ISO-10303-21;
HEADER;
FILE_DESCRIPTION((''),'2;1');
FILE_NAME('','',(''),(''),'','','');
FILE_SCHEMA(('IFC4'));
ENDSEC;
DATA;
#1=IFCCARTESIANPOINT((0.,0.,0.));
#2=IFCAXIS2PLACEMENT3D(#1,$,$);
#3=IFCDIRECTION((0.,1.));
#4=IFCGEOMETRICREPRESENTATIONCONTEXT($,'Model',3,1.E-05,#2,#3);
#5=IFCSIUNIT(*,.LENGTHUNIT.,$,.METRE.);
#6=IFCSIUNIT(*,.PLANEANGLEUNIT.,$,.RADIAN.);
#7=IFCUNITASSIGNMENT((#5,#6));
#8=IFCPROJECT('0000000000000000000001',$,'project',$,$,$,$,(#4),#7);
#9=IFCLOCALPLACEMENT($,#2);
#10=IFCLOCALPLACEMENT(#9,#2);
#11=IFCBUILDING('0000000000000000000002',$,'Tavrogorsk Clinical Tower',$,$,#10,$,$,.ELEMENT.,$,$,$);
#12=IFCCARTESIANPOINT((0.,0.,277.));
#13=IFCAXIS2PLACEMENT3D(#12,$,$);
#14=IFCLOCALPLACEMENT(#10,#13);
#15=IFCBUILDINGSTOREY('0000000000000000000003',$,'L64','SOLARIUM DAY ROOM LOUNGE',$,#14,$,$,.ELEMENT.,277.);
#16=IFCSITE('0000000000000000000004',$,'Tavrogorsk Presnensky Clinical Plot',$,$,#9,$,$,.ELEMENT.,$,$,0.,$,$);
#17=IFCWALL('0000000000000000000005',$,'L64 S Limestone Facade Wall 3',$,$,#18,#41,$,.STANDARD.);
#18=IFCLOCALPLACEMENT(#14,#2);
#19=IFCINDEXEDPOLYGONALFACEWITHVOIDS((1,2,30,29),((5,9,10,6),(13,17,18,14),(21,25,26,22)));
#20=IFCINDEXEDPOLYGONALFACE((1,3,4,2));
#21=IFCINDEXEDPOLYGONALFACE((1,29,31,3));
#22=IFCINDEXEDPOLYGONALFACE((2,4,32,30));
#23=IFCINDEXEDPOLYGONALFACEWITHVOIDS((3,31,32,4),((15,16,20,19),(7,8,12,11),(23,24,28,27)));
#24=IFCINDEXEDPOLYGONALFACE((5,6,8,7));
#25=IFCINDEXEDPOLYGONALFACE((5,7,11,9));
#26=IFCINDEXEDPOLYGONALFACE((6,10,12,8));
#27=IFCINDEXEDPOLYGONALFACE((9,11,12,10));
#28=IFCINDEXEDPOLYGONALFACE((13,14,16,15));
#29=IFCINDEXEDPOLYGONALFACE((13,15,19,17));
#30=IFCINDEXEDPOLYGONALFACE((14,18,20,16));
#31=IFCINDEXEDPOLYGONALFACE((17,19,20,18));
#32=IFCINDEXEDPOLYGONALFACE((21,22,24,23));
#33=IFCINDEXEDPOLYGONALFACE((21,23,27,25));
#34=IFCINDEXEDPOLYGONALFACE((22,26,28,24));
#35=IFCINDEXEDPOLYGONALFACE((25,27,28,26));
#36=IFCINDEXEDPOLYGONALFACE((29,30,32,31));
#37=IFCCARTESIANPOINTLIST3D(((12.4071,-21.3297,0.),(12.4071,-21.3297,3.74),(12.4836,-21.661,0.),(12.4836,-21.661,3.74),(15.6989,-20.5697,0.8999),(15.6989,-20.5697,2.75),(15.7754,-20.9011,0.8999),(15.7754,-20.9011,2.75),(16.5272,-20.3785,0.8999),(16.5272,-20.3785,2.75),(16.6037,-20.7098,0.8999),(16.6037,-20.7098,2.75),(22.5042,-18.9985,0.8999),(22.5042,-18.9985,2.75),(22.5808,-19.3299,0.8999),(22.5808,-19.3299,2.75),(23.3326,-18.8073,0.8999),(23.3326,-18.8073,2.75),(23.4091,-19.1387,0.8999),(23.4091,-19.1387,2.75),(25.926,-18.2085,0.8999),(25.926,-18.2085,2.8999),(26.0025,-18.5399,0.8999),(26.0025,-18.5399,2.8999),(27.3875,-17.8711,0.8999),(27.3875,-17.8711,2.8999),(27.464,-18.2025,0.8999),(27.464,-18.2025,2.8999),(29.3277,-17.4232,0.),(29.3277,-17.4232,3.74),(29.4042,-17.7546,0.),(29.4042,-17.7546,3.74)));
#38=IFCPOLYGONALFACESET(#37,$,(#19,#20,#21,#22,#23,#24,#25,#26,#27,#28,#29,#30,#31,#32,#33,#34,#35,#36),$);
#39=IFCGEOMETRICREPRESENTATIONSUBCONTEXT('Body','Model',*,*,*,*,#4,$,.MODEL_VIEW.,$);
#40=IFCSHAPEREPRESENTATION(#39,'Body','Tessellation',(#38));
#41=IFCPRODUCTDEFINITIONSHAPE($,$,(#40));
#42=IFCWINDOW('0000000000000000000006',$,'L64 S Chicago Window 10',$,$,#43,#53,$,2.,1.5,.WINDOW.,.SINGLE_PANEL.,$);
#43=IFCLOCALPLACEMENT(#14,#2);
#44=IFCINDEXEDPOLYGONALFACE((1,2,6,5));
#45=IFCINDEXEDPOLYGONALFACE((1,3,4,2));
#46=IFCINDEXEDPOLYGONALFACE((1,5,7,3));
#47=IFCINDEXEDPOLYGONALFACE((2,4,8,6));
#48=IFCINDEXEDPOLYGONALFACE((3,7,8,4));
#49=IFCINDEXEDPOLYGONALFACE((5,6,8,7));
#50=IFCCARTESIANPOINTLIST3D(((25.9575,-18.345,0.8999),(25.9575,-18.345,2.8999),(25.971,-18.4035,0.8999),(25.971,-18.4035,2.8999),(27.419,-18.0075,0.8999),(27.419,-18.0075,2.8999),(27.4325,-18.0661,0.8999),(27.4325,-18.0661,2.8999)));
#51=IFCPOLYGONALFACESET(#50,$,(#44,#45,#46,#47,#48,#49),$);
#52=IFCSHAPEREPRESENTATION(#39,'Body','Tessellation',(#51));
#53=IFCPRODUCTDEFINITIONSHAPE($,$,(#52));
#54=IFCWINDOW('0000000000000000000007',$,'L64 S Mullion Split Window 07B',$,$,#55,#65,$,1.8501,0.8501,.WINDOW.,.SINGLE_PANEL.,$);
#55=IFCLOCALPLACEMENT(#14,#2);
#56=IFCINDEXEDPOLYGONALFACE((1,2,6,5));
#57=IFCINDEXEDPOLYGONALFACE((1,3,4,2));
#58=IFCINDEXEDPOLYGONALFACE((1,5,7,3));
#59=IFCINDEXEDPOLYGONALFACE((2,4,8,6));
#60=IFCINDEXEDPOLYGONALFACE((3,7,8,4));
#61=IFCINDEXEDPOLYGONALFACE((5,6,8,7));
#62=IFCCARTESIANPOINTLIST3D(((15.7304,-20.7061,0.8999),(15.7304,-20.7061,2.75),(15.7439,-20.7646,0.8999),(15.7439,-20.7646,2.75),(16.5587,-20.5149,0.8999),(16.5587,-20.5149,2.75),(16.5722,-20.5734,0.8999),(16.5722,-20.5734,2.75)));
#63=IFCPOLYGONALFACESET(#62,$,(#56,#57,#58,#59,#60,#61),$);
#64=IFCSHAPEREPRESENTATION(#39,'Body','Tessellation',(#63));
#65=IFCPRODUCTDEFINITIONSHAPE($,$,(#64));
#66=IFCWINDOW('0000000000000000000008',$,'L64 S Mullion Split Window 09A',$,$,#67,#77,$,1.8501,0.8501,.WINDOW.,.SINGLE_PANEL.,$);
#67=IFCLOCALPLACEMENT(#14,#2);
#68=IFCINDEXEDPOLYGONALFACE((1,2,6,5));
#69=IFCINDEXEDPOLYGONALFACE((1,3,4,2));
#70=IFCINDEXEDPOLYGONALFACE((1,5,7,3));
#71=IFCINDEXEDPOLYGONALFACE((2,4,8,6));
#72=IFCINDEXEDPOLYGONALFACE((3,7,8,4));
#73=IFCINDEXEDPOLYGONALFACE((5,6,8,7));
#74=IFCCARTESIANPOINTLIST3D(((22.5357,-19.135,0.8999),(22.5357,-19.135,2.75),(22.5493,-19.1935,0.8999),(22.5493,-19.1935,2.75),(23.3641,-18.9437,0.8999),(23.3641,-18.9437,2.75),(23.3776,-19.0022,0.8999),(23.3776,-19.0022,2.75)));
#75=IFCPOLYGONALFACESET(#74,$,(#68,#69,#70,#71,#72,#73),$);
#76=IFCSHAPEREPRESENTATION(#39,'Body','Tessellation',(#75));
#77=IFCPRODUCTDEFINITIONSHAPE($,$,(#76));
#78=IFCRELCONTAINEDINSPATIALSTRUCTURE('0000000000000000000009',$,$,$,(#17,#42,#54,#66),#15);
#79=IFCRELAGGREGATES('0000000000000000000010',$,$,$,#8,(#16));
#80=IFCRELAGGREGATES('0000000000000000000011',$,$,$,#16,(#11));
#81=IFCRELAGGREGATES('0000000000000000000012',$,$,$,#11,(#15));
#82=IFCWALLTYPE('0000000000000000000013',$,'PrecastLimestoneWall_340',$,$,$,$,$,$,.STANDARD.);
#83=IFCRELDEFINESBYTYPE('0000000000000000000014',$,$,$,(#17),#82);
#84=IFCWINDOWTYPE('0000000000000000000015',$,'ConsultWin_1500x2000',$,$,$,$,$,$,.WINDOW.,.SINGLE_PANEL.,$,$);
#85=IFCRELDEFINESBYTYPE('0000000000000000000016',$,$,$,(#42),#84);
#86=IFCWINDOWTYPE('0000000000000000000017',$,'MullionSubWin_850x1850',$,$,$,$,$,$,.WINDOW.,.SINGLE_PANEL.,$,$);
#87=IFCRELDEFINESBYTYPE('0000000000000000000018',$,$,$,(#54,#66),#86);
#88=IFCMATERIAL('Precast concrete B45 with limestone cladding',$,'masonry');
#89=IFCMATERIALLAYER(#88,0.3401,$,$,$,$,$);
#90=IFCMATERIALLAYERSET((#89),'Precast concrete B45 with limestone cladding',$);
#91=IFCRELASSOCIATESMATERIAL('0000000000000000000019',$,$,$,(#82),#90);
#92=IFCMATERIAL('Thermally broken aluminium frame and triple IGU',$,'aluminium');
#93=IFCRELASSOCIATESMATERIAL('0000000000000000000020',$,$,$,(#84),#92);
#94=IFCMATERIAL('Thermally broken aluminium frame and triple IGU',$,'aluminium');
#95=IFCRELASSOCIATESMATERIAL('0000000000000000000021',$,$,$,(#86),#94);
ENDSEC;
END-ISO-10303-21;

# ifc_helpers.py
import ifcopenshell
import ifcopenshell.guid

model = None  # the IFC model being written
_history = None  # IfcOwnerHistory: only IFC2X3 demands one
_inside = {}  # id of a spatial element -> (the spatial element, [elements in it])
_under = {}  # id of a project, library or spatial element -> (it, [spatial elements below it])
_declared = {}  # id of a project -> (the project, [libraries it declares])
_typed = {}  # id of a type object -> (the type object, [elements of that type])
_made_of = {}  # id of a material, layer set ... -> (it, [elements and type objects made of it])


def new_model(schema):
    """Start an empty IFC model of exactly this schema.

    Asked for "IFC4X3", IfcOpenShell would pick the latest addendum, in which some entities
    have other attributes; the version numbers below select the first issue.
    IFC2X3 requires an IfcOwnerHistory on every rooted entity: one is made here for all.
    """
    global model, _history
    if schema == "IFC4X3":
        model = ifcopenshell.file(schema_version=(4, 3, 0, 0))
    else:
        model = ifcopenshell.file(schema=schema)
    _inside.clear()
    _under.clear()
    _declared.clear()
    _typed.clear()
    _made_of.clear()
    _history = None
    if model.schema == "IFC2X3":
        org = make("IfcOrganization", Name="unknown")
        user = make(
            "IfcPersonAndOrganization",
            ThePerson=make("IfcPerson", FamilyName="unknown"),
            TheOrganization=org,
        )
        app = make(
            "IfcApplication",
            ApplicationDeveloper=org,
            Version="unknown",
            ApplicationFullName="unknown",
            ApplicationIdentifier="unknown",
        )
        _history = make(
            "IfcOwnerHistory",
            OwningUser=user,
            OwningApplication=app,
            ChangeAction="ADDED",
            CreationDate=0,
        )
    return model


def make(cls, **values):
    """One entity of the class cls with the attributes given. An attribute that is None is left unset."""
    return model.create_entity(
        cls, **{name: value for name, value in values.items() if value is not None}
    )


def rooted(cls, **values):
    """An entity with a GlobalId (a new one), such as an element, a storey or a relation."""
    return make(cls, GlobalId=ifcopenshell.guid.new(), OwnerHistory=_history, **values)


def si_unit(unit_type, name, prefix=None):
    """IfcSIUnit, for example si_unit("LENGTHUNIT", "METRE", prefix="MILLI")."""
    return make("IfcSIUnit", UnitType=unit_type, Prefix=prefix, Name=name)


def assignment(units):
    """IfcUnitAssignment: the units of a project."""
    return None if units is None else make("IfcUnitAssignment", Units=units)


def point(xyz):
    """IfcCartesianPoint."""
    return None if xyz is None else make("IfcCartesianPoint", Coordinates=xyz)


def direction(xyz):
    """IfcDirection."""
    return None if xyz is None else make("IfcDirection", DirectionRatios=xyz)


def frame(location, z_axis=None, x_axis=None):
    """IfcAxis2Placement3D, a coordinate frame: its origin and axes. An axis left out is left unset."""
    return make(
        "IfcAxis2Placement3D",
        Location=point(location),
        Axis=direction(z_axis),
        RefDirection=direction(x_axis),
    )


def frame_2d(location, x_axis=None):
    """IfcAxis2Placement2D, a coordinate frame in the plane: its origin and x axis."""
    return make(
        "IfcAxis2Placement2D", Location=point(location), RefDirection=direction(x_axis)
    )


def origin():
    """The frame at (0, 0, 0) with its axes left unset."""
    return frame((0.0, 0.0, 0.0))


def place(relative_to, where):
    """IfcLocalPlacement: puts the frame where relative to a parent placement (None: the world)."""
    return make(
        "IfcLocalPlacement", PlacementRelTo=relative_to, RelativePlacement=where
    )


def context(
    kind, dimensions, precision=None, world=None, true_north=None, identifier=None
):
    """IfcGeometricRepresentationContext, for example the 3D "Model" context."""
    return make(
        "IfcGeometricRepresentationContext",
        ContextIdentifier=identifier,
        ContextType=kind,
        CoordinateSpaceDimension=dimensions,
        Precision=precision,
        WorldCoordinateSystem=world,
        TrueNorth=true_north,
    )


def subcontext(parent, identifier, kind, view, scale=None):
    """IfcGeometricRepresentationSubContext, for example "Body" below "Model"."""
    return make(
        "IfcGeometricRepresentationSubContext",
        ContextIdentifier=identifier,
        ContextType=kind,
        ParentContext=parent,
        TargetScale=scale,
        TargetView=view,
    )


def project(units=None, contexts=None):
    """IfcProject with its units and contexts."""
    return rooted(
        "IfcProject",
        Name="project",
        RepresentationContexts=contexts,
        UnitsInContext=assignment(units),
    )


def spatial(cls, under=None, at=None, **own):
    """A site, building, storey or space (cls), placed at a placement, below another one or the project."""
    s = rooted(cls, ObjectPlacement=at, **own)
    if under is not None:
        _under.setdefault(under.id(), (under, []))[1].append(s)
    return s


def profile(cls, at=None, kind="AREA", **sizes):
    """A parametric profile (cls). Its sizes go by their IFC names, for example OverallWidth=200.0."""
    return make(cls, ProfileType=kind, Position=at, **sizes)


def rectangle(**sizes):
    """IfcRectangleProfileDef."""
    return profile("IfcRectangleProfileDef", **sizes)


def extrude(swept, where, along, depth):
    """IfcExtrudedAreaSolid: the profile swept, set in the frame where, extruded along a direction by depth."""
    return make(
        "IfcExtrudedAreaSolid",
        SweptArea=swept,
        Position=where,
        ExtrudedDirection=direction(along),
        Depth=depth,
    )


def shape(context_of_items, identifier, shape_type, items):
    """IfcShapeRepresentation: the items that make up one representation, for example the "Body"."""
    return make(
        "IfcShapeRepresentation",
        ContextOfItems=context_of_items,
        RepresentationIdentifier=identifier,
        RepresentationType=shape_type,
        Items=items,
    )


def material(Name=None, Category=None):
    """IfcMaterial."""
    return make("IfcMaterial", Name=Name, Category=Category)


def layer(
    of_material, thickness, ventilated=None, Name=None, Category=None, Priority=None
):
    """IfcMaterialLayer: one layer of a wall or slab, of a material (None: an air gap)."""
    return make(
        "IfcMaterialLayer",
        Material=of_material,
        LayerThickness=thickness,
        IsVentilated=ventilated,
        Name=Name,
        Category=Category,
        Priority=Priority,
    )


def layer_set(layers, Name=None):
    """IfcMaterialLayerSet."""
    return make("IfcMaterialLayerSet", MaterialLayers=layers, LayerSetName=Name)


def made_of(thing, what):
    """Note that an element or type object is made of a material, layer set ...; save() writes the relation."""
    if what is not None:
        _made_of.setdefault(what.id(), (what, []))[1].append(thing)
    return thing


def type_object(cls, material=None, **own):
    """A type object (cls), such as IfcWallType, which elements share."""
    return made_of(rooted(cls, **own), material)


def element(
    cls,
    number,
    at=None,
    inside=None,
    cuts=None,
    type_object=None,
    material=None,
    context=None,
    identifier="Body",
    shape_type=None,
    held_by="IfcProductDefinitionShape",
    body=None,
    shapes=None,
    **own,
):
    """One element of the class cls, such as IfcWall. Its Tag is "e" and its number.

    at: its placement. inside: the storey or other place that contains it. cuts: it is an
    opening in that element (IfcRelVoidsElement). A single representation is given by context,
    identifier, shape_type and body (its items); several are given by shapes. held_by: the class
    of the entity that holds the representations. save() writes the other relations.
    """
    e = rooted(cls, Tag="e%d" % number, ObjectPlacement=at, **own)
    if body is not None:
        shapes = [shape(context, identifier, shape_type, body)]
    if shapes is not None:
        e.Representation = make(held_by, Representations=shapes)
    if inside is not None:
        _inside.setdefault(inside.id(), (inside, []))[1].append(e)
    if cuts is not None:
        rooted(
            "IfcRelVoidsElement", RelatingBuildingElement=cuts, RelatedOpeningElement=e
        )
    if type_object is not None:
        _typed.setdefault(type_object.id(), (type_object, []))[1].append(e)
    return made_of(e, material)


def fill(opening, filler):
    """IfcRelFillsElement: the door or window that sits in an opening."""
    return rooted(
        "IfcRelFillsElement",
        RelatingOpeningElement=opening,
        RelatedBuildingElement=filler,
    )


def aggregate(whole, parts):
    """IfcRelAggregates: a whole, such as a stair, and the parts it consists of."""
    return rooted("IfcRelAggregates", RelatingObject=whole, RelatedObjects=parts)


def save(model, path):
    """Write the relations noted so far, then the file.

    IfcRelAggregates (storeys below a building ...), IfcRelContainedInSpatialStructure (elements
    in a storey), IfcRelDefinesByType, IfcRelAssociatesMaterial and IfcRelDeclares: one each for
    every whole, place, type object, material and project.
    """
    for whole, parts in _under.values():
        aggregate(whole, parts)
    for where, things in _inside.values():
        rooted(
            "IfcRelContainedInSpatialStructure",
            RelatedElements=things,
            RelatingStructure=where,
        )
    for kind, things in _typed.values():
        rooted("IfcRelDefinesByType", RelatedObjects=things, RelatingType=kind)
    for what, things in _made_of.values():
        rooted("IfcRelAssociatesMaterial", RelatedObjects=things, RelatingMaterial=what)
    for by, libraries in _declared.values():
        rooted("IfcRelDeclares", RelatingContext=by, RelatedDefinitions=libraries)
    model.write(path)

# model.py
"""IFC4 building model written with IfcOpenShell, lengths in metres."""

from ifc_helpers import new_model, si_unit, direction, frame, frame_2d, origin, place, context, subcontext, project, spatial, rectangle, extrude, material, layer, layer_set, type_object, element, fill, save


model = new_model("IFC4")

# Units and contexts
model_context = context("Model", 3, precision=1e-05, world=origin(), true_north=direction((0.0, 1.0)))
body_context = subcontext(model_context, "Body", "Model", "MODEL_VIEW")
ifc_project = project(units=[si_unit("LENGTHUNIT", "METRE"), si_unit("PLANEANGLEUNIT", "RADIAN")], contexts=[model_context])

# Site, building, storey
site_placement = place(None, origin())
site = spatial("IfcSite", under=ifc_project, at=site_placement, Name="Tavrogorsk Presnensky Clinical Plot", CompositionType="ELEMENT", RefElevation=0.0)
building_placement = place(site_placement, origin())
building = spatial("IfcBuilding", under=site, at=building_placement, Name="Tavrogorsk Clinical Tower", CompositionType="ELEMENT")
storey_placement = place(building_placement, frame((0.0, 0.0, 277.0)))
storey = spatial("IfcBuildingStorey", under=building, at=storey_placement, Name="L64", Description="SOLARIUM DAY ROOM LOUNGE", CompositionType="ELEMENT", Elevation=277.0)

# Wall, openings, windows
ifc_material_1 = material(Name="Precast concrete B45 with limestone cladding", Category="masonry")
ifc_layer_1 = layer(ifc_material_1, 0.3401)
ifc_layer_set_1 = layer_set([ifc_layer_1], Name="Precast concrete B45 with limestone cladding")
wall_type_1 = type_object("IfcWallType", Name="PrecastLimestoneWall_340", PredefinedType="STANDARD", material=ifc_layer_set_1)
wall_1_placement = place(storey_placement, frame((12.4453, -21.4954, 0.0), z_axis=(0.0, 0.0, 1.0), x_axis=(0.974369, 0.224954, 0.0)))
wall_1 = element("IfcWall", 1, at=wall_1_placement, inside=storey, type_object=wall_type_1, Name="L64 S Limestone Facade Wall 3", PredefinedType="STANDARD", context=body_context, shape_type="SweptSolid", body=[
    extrude(rectangle(XDim=17.3657, YDim=0.3401, at=frame_2d((8.6829, 0.0))), origin(), (0.0, 0.0, 1.0), 3.74),
])
opening_1_placement = place(wall_1_placement, frame((3.3784, 0.0, 0.8999)))
opening_1 = element("IfcOpeningElement", 2, at=opening_1_placement, cuts=wall_1, PredefinedType="OPENING", context=body_context, shape_type="SweptSolid", body=[
    extrude(rectangle(XDim=0.8501, YDim=1.8501, at=frame_2d((0.425, 0.925))), frame((0.0, 0.1799, 0.0), z_axis=(0.0, -1.0, 0.0), x_axis=(1.0, 0.0, 0.0)), (0.0, 0.0, 1.0), 0.3601),
])
opening_2_placement = place(wall_1_placement, frame((10.3628, 0.0, 0.8999)))
opening_2 = element("IfcOpeningElement", 3, at=opening_2_placement, cuts=wall_1, PredefinedType="OPENING", context=body_context, shape_type="SweptSolid", body=[
    extrude(rectangle(XDim=0.8501, YDim=1.8501, at=frame_2d((0.425, 0.925))), frame((0.0, 0.1799, 0.0), z_axis=(0.0, -1.0, 0.0), x_axis=(1.0, 0.0, 0.0)), (0.0, 0.0, 1.0), 0.3601),
])
opening_3_placement = place(wall_1_placement, frame((13.8745, 0.0, 0.8999)))
opening_3 = element("IfcOpeningElement", 4, at=opening_3_placement, cuts=wall_1, PredefinedType="OPENING", context=body_context, shape_type="SweptSolid", body=[
    extrude(rectangle(XDim=1.5, YDim=2.0, at=frame_2d((0.75, 1.0))), frame((0.0, 0.1799, 0.0), z_axis=(0.0, -1.0, 0.0), x_axis=(1.0, 0.0, 0.0)), (0.0, 0.0, 1.0), 0.3601),
])
ifc_material_2 = material(Name="Thermally broken aluminium frame and triple IGU", Category="aluminium")
window_type_1 = type_object("IfcWindowType", Name="ConsultWin_1500x2000", PartitioningType="SINGLE_PANEL", PredefinedType="WINDOW", material=ifc_material_2)
window_1_placement = place(opening_3_placement, origin())
window_1 = element("IfcWindow", 5, at=window_1_placement, inside=storey, type_object=window_type_1, Name="L64 S Chicago Window 10", OverallHeight=2.0, OverallWidth=1.5, PartitioningType="SINGLE_PANEL", PredefinedType="WINDOW", context=body_context, shape_type="SweptSolid", body=[
    extrude(rectangle(XDim=1.5, YDim=2.0, at=frame_2d((0.75, 1.0))), frame((0.0, 0.03, 0.0), z_axis=(0.0, -1.0, 0.0), x_axis=(1.0, 0.0, 0.0)), (0.0, 0.0, 1.0), 0.0601),
])
fill(opening_3, window_1)
ifc_material_3 = material(Name="Thermally broken aluminium frame and triple IGU", Category="aluminium")
window_type_2 = type_object("IfcWindowType", Name="MullionSubWin_850x1850", PartitioningType="SINGLE_PANEL", PredefinedType="WINDOW", material=ifc_material_3)
window_2_placement = place(opening_1_placement, origin())
window_2 = element("IfcWindow", 6, at=window_2_placement, inside=storey, type_object=window_type_2, Name="L64 S Mullion Split Window 07B", OverallHeight=1.8501, OverallWidth=0.8501, PartitioningType="SINGLE_PANEL", PredefinedType="WINDOW", context=body_context, shape_type="SweptSolid", body=[
    extrude(rectangle(XDim=0.8501, YDim=1.8501, at=frame_2d((0.425, 0.925))), frame((0.0, 0.03, 0.0), z_axis=(0.0, -1.0, 0.0), x_axis=(1.0, 0.0, 0.0)), (0.0, 0.0, 1.0), 0.0601),
])
fill(opening_1, window_2)
window_3_placement = place(opening_2_placement, origin())
window_3 = element("IfcWindow", 7, at=window_3_placement, inside=storey, type_object=window_type_2, Name="L64 S Mullion Split Window 09A", OverallHeight=1.8501, OverallWidth=0.8501, PartitioningType="SINGLE_PANEL", PredefinedType="WINDOW", context=body_context, shape_type="SweptSolid", body=[
    extrude(rectangle(XDim=0.8501, YDim=1.8501, at=frame_2d((0.425, 0.925))), frame((0.0, 0.03, 0.0), z_axis=(0.0, -1.0, 0.0), x_axis=(1.0, 0.0, 0.0)), (0.0, 0.0, 1.0), 0.0601),
])
fill(opening_2, window_3)

save(model, "model.ifc")
